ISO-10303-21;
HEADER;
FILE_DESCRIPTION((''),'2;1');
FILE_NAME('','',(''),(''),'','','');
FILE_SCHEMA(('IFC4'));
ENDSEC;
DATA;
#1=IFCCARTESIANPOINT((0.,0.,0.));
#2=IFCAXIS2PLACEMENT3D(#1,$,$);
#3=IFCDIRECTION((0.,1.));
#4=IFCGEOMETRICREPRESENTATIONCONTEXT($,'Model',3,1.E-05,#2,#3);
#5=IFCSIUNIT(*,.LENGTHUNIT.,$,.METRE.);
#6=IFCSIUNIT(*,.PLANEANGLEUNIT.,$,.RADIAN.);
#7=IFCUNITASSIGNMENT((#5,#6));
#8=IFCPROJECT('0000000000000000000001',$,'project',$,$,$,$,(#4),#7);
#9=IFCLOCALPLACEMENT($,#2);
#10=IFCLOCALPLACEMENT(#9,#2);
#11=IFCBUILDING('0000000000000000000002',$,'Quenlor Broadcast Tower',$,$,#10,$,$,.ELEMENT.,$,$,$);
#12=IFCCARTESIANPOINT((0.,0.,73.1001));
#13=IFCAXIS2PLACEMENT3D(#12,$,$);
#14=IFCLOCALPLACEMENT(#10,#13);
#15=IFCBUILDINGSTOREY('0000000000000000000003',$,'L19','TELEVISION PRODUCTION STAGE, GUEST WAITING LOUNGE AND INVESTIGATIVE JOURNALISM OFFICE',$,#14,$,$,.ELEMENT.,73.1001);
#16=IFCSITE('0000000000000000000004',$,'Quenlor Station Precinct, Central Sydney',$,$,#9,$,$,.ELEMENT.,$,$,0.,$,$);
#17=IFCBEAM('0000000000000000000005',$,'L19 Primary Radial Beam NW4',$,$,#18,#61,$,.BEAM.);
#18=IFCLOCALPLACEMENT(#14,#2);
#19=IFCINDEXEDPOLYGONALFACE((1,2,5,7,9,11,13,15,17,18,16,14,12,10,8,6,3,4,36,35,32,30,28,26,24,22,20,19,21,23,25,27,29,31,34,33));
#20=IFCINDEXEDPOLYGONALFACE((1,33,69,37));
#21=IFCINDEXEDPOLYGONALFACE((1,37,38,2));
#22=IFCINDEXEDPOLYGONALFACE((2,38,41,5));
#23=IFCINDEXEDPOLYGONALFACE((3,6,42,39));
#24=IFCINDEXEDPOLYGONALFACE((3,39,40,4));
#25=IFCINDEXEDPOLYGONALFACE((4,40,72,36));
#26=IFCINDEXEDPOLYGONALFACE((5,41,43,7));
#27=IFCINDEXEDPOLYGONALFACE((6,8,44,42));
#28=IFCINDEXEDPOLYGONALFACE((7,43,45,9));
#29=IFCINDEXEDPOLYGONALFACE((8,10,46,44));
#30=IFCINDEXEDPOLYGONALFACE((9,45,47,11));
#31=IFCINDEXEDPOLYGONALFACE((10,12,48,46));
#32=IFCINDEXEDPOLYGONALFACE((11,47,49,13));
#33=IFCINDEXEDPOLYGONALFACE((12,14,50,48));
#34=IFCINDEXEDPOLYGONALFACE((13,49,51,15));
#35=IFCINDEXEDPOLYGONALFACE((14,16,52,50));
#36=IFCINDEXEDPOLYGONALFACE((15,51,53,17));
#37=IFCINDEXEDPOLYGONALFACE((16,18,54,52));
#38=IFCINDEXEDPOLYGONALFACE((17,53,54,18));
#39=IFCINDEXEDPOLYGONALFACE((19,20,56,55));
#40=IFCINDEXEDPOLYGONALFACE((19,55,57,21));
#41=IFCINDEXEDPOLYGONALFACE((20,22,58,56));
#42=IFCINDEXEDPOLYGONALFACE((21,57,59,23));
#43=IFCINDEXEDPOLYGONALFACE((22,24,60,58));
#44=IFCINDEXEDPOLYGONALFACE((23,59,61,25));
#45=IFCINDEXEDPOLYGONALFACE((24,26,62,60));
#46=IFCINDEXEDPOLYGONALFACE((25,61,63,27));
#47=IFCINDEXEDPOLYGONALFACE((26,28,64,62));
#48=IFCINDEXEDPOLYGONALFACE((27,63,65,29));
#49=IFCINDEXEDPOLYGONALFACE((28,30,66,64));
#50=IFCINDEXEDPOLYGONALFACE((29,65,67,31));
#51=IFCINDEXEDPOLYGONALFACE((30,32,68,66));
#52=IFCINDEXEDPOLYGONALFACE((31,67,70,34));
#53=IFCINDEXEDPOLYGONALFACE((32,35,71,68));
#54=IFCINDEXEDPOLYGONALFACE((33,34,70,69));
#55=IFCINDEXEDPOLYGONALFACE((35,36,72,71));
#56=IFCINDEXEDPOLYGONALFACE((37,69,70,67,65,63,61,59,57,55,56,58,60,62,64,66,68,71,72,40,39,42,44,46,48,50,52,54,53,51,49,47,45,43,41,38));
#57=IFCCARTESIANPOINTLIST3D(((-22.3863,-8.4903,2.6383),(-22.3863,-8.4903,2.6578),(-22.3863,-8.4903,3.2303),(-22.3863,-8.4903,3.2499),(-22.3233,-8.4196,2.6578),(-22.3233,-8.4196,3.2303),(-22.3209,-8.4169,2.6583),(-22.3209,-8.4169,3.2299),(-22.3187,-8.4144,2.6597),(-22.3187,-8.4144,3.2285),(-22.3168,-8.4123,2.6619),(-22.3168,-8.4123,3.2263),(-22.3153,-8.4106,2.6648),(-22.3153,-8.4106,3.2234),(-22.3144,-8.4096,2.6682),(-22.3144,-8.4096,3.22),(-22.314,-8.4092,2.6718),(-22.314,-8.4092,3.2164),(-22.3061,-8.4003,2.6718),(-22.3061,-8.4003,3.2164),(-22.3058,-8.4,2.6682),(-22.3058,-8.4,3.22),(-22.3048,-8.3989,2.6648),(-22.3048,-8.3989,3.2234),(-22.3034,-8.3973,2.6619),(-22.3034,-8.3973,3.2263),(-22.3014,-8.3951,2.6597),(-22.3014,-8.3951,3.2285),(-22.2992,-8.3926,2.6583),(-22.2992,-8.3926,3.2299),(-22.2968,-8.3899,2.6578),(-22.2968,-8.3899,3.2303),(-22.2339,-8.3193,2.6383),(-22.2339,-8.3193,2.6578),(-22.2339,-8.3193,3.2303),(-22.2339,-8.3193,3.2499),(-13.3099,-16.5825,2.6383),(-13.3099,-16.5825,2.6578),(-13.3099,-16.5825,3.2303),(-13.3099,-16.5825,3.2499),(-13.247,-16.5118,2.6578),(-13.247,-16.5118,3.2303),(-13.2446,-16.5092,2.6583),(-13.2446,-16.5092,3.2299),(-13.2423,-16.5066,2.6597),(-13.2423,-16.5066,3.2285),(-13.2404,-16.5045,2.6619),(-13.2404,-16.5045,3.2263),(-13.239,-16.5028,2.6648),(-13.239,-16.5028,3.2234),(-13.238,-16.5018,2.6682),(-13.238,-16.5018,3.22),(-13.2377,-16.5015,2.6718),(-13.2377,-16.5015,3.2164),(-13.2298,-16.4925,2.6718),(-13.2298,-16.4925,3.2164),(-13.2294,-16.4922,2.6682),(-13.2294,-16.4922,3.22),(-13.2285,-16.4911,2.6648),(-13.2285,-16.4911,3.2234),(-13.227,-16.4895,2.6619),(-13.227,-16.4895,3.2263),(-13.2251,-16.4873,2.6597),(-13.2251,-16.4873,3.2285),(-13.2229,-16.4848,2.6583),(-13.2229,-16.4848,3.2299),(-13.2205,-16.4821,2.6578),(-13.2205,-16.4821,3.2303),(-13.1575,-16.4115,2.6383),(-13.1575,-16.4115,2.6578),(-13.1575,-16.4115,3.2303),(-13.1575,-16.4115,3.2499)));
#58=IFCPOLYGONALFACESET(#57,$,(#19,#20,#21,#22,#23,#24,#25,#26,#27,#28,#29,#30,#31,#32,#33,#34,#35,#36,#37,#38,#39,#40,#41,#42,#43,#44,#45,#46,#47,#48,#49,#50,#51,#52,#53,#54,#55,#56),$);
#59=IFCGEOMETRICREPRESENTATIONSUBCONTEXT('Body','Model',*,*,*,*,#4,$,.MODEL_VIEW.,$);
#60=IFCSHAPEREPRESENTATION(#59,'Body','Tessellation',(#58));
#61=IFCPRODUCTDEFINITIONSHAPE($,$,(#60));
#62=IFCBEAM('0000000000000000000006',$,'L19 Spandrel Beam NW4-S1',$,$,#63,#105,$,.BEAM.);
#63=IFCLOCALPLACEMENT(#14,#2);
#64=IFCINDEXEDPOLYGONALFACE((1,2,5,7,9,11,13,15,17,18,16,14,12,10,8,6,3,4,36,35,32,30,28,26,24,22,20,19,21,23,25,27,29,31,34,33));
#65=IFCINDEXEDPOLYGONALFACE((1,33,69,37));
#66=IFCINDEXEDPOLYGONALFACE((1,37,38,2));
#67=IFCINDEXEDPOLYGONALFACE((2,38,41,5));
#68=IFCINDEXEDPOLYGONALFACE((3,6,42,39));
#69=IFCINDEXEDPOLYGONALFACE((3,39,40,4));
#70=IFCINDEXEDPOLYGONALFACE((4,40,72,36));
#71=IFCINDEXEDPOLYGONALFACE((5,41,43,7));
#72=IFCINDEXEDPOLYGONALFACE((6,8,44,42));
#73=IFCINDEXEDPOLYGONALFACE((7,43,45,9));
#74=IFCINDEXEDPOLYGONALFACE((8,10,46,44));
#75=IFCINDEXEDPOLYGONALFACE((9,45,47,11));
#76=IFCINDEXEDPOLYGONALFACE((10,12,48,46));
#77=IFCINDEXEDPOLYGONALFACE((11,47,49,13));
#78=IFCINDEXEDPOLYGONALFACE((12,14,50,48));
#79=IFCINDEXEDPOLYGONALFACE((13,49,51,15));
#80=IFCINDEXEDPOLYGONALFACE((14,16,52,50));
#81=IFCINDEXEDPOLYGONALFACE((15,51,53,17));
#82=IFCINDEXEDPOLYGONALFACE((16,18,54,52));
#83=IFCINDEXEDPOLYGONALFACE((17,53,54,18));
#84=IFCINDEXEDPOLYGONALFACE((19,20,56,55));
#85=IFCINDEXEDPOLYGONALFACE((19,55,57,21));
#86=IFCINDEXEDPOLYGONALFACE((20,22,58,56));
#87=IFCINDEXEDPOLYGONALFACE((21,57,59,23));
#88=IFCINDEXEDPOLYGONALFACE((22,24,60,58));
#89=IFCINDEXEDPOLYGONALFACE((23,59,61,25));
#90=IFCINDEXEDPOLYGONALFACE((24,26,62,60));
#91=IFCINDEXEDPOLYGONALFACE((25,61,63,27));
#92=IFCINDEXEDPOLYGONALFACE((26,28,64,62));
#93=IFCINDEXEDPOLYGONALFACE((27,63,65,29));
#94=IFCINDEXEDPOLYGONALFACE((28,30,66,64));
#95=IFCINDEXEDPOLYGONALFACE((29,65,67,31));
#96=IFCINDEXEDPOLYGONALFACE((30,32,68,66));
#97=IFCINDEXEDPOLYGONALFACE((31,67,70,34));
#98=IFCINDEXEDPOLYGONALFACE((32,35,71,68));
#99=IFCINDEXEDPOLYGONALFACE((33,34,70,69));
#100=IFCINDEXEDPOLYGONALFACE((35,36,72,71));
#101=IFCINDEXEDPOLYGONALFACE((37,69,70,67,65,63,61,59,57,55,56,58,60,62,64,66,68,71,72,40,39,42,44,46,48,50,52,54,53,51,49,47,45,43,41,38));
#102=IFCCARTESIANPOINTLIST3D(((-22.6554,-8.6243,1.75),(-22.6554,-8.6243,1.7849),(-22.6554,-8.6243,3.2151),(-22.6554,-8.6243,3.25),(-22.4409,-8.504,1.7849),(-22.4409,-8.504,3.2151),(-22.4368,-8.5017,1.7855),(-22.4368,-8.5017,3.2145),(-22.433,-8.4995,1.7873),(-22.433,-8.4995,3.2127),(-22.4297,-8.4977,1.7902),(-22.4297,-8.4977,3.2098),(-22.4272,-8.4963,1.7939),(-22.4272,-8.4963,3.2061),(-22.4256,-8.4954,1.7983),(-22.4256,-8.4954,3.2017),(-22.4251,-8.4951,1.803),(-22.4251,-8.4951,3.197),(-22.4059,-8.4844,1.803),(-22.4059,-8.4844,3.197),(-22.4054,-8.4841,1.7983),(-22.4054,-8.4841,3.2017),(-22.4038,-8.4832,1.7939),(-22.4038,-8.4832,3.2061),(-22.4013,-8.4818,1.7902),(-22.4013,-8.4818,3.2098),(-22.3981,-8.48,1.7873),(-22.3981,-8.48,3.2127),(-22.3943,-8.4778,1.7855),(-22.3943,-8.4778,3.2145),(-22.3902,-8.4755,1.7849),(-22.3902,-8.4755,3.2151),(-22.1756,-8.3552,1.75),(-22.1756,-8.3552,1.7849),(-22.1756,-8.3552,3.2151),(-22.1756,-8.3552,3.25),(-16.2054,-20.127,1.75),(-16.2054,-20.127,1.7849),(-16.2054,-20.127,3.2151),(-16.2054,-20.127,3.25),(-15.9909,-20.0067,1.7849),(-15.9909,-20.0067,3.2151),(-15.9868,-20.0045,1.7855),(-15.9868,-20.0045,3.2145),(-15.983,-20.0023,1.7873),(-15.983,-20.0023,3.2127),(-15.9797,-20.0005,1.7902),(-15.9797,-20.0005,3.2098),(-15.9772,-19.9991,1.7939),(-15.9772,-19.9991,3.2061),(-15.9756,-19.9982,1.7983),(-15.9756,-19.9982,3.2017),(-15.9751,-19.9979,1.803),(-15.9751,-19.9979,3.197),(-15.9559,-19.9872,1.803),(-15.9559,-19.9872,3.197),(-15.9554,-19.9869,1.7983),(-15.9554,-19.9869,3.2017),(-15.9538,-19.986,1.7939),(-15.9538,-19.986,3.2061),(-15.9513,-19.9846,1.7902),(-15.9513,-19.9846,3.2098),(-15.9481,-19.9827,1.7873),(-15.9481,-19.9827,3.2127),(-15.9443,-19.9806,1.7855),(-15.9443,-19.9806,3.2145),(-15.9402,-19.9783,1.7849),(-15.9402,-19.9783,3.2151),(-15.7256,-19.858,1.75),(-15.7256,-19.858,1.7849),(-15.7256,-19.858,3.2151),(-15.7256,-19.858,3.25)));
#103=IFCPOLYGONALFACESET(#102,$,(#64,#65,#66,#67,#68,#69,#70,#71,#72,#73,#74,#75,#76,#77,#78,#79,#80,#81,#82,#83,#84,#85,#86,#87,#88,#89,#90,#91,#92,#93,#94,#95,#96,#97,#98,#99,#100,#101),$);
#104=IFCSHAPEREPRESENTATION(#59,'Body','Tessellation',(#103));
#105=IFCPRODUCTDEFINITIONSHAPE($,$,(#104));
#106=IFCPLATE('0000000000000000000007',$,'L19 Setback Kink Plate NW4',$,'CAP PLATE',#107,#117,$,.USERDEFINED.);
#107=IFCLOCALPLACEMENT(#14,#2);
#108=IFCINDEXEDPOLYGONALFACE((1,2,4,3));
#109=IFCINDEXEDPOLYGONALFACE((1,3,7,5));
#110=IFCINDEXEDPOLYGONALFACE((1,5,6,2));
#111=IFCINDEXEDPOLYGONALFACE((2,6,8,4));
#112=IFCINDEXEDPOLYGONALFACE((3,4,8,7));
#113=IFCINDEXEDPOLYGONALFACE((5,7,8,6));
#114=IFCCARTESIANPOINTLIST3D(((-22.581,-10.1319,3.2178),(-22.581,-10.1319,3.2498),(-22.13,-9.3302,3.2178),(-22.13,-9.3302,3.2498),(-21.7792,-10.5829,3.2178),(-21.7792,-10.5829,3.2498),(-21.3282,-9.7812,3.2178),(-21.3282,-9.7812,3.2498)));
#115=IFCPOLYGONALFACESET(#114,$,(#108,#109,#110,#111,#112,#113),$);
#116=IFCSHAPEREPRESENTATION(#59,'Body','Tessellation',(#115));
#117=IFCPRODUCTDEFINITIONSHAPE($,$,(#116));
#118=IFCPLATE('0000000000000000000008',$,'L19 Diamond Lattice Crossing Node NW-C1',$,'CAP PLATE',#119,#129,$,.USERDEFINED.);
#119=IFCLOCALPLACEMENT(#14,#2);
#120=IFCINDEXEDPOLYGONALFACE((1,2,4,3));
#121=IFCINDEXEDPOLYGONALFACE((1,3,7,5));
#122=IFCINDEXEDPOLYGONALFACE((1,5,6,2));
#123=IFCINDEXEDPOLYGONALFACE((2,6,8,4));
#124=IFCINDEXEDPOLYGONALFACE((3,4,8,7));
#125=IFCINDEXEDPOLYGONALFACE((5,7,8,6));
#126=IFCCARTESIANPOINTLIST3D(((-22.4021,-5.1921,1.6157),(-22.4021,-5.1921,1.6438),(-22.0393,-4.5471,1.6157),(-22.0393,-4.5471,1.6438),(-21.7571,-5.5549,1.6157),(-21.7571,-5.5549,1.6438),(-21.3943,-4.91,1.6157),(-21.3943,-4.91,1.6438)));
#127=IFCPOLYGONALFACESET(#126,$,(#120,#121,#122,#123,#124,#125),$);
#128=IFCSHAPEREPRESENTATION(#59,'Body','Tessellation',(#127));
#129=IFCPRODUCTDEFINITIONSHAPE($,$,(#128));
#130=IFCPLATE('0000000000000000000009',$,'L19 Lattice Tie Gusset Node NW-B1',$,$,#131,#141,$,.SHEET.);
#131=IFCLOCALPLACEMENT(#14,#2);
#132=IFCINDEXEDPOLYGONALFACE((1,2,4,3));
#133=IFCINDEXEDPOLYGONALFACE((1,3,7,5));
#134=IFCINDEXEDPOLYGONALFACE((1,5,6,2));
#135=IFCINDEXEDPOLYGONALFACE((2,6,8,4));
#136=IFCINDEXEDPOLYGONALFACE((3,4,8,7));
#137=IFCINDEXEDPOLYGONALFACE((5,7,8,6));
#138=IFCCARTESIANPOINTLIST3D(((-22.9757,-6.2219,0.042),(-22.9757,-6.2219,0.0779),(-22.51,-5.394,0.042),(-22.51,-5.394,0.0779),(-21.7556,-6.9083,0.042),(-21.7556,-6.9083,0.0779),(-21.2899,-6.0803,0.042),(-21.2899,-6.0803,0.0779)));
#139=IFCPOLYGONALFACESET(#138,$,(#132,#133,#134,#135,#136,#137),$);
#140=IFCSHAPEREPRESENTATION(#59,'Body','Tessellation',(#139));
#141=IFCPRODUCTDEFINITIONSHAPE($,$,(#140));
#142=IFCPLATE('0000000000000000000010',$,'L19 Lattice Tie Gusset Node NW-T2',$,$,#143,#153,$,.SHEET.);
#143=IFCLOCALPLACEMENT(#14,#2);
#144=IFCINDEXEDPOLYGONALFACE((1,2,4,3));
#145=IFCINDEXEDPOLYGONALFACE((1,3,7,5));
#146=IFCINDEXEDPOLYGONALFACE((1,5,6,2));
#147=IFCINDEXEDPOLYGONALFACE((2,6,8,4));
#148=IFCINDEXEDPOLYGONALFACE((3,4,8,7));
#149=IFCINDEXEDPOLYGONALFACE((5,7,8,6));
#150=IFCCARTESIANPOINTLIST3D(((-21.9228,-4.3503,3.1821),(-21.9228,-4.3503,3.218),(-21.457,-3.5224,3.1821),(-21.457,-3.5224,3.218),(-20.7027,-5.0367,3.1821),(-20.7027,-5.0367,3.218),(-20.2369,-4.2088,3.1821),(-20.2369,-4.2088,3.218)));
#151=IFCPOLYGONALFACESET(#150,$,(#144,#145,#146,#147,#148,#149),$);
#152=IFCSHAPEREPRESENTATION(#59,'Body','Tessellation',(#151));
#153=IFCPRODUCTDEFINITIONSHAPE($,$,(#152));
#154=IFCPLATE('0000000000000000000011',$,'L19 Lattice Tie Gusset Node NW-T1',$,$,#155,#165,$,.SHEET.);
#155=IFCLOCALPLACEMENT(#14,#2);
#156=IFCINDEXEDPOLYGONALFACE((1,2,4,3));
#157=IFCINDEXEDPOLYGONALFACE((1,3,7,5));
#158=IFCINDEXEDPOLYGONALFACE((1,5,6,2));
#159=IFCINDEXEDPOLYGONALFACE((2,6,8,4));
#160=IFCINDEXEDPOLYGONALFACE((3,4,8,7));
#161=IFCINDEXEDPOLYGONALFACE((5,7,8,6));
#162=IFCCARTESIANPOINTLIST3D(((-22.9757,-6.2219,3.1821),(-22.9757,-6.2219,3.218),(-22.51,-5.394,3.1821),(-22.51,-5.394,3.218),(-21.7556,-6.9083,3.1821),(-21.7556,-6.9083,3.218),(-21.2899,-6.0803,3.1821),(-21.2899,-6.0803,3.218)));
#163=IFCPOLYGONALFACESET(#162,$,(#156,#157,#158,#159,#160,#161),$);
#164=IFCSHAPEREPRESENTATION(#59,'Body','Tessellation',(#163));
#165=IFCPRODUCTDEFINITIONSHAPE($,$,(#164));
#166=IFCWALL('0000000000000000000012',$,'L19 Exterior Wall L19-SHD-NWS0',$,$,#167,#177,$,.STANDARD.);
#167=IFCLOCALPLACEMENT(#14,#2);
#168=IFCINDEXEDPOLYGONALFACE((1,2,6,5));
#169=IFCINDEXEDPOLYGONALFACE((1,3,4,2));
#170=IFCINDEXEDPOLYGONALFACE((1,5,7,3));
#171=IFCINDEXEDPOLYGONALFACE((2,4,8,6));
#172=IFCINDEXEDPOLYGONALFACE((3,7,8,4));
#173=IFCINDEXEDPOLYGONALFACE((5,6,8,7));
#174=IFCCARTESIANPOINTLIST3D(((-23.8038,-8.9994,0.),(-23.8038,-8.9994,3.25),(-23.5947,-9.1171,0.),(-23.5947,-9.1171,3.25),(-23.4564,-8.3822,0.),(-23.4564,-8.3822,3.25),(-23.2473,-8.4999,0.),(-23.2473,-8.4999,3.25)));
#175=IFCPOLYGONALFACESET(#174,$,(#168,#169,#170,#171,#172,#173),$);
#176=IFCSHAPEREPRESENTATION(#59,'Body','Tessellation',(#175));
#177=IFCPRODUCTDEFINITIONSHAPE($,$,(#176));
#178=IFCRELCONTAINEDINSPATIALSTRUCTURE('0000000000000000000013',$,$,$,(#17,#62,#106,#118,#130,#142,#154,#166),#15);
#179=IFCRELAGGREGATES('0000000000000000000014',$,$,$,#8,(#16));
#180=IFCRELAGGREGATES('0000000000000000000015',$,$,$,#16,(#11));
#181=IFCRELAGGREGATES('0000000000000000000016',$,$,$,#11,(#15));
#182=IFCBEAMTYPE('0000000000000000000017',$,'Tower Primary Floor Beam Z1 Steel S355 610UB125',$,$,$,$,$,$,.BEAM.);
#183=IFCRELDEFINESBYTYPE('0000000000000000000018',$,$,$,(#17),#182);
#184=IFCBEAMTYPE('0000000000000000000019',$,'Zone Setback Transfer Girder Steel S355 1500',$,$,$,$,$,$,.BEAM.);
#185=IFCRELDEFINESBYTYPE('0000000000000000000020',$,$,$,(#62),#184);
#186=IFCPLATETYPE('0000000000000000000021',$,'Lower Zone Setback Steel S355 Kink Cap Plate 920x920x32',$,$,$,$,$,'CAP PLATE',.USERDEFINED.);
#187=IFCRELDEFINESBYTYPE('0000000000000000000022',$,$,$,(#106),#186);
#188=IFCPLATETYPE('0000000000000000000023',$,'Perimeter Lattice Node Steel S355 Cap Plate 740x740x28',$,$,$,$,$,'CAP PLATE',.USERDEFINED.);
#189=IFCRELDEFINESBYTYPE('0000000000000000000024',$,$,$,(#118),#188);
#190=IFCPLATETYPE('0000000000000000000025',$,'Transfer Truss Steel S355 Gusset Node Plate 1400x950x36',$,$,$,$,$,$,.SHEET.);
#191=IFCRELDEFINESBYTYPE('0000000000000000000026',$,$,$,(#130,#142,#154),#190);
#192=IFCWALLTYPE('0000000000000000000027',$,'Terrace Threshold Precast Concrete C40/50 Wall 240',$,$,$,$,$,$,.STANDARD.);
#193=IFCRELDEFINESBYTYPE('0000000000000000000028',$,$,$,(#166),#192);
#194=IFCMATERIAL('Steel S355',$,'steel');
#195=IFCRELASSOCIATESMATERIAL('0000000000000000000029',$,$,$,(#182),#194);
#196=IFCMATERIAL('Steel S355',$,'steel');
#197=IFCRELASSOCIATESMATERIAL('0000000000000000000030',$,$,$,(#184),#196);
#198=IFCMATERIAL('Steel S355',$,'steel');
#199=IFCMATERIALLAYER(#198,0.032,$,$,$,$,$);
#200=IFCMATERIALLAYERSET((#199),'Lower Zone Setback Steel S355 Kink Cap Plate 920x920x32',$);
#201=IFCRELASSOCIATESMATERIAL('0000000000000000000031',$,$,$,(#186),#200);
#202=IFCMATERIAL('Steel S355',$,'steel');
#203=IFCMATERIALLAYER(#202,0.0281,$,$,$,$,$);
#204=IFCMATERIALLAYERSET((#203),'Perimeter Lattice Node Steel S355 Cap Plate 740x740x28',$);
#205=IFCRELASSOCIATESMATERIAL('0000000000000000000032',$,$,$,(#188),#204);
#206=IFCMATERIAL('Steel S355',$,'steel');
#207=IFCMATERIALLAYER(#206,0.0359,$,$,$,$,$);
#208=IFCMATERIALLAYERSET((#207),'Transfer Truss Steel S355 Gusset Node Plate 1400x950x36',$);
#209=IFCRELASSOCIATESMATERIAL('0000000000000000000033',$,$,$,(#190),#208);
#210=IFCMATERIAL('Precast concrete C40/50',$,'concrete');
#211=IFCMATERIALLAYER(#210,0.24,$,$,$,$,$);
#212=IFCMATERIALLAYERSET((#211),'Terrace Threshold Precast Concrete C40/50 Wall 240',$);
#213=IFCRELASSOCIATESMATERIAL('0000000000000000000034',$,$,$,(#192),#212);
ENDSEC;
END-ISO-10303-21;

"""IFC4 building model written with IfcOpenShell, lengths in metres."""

from ifc_helpers import new_model, si_unit, direction, frame, frame_2d, origin, origin_2d, place, context, subcontext, project, spatial, rectangle, i_section, extrude, material, layer, layer_set, material_profile, profile_set, type_object, element, save


model = new_model("IFC4")

# Units and contexts
model_context = context("Model", 3, precision=1e-05, world=origin(), true_north=direction((0.0, 1.0)))
body_context = subcontext(model_context, "Body", "Model", "MODEL_VIEW")
ifc_project = project(units=[si_unit("LENGTHUNIT", "METRE"), si_unit("PLANEANGLEUNIT", "RADIAN")], contexts=[model_context])

# Site, building, storey
site_placement = place(None, origin())
site = spatial("IfcSite", under=ifc_project, at=site_placement, Name="Quenlor Station Precinct, Central Sydney", CompositionType="ELEMENT", RefElevation=0.0)
building_placement = place(site_placement, origin())
building = spatial("IfcBuilding", under=site, at=building_placement, Name="Quenlor Broadcast Tower", CompositionType="ELEMENT")
storey_placement = place(building_placement, frame((0.0, 0.0, 73.1001)))
storey = spatial("IfcBuildingStorey", under=building, at=storey_placement, Name="L19", Description="TELEVISION PRODUCTION STAGE, GUEST WAITING LOUNGE AND INVESTIGATIVE JOURNALISM OFFICE", CompositionType="ELEMENT", Elevation=73.1001)

# Beams
ifc_material_1 = material(Name="Steel S355", Category="steel")
ifc_material_profile_1 = material_profile(ifc_material_1, i_section(OverallWidth=0.229, OverallDepth=0.6116, WebThickness=0.012, FlangeThickness=0.0195, FilletRadius=0.0139, at=origin_2d()))
ifc_profile_set_1 = profile_set([ifc_material_profile_1], Name="Steel S355 610UB125")
beam_type_1 = type_object("IfcBeamType", Name="Tower Primary Floor Beam Z1 Steel S355 610UB125", PredefinedType="BEAM", material=ifc_profile_set_1)
beam_1_placement = place(storey_placement, frame((-22.3101, -8.4048, 2.9441), z_axis=(0.746414, -0.665482, 0.0), x_axis=(0.665482, 0.746414, 0.0)))
element("IfcBeam", 1, at=beam_1_placement, inside=storey, type_object=beam_type_1, Name="L19 Primary Radial Beam NW4", PredefinedType="BEAM", context=body_context, shape_type="SweptSolid", body=[
    extrude(i_section(OverallWidth=0.229, OverallDepth=0.6116, WebThickness=0.012, FlangeThickness=0.0195, FilletRadius=0.0139, at=origin_2d()), origin(), (0.0, 0.0, 1.0), 12.1599),
])
ifc_material_2 = material(Name="Steel S355", Category="steel")
ifc_material_profile_2 = material_profile(ifc_material_2, i_section(OverallWidth=0.55, OverallDepth=1.5, WebThickness=0.022, FlangeThickness=0.0349, FilletRadius=0.0181, at=origin_2d()))
ifc_profile_set_2 = profile_set([ifc_material_profile_2], Name="Steel S355 1500TG510")
beam_type_2 = type_object("IfcBeamType", Name="Zone Setback Transfer Girder Steel S355 1500", PredefinedType="BEAM", material=ifc_profile_set_2)
beam_2_placement = place(storey_placement, frame((-22.4155, -8.4897, 2.5), z_axis=(0.489091, -0.872233, 0.0), x_axis=(0.872233, 0.489091, 0.0)))
element("IfcBeam", 2, at=beam_2_placement, inside=storey, type_object=beam_type_2, Name="L19 Spandrel Beam NW4-S1", PredefinedType="BEAM", context=body_context, shape_type="SweptSolid", body=[
    extrude(i_section(OverallWidth=0.55, OverallDepth=1.5, WebThickness=0.022, FlangeThickness=0.0349, FilletRadius=0.0181, at=origin_2d()), origin(), (0.0, 0.0, 1.0), 13.1877),
])

# Plates
ifc_material_3 = material(Name="Steel S355", Category="steel")
ifc_layer_1 = layer(ifc_material_3, 0.032)
ifc_layer_set_1 = layer_set([ifc_layer_1], Name="Lower Zone Setback Steel S355 Kink Cap Plate 920x920x32")
plate_type_1 = type_object("IfcPlateType", Name="Lower Zone Setback Steel S355 Kink Cap Plate 920x920x32", ElementType="CAP PLATE", PredefinedType="USERDEFINED", material=ifc_layer_set_1)
plate_1_placement = place(storey_placement, frame((-21.9546, -9.9565, 3.2178), z_axis=(0.0, 0.0, 1.0), x_axis=(-0.871575, 0.490262, 0.0)))
element("IfcPlate", 3, at=plate_1_placement, inside=storey, type_object=plate_type_1, Name="L19 Setback Kink Plate NW4", ObjectType="CAP PLATE", PredefinedType="USERDEFINED", context=body_context, shape_type="SweptSolid", body=[
    extrude(rectangle(XDim=0.9199, YDim=0.9199, at=origin_2d()), origin(), (0.0, 0.0, 1.0), 0.032),
])
ifc_material_4 = material(Name="Steel S355", Category="steel")
ifc_layer_2 = layer(ifc_material_4, 0.0281)
ifc_layer_set_2 = layer_set([ifc_layer_2], Name="Perimeter Lattice Node Steel S355 Cap Plate 740x740x28")
plate_type_2 = type_object("IfcPlateType", Name="Perimeter Lattice Node Steel S355 Cap Plate 740x740x28", ElementType="CAP PLATE", PredefinedType="USERDEFINED", material=ifc_layer_set_2)
plate_2_placement = place(storey_placement, frame((-21.8982, -5.051, 1.6157), z_axis=(0.0, 0.0, 1.0), x_axis=(0.490295, 0.871556, 0.0)))
element("IfcPlate", 4, at=plate_2_placement, inside=storey, type_object=plate_type_2, Name="L19 Diamond Lattice Crossing Node NW-C1", ObjectType="CAP PLATE", PredefinedType="USERDEFINED", context=body_context, shape_type="SweptSolid", body=[
    extrude(rectangle(XDim=0.74, YDim=0.74, at=origin_2d()), origin(), (0.0, 0.0, 1.0), 0.0281),
])
ifc_material_5 = material(Name="Steel S355", Category="steel")
ifc_layer_3 = layer(ifc_material_5, 0.0359)
ifc_layer_set_3 = layer_set([ifc_layer_3], Name="Transfer Truss Steel S355 Gusset Node Plate 1400x950x36")
plate_type_3 = type_object("IfcPlateType", Name="Transfer Truss Steel S355 Gusset Node Plate 1400x950x36", PredefinedType="SHEET", material=ifc_layer_set_3)
for number, where, z_axis, x_axis, name in (
    (5, (-22.1328, -6.1511, 0.042), (0.0, 0.0, 1.0), (-0.871556, 0.490295, 0.0), "L19 Lattice Tie Gusset Node NW-B1"),
    (6, (-21.0798, -4.2795, 3.1821), (0.0, 0.0, 1.0), (-0.871556, 0.490295, 0.0), "L19 Lattice Tie Gusset Node NW-T2"),
    (7, (-22.1328, -6.1511, 3.1821), (0.0, 0.0, 1.0), (-0.871556, 0.490295, 0.0), "L19 Lattice Tie Gusset Node NW-T1"),
):
    element("IfcPlate", number, at=place(storey_placement, frame(where, z_axis=z_axis, x_axis=x_axis)), inside=storey, type_object=plate_type_3, Name=name, PredefinedType="SHEET", context=body_context, shape_type="SweptSolid", body=[
        extrude(rectangle(XDim=1.3999, YDim=0.95, at=origin_2d()), origin(), (0.0, 0.0, 1.0), 0.0359),
    ])

# Wall
ifc_material_6 = material(Name="Precast concrete C40/50", Category="concrete")
ifc_layer_4 = layer(ifc_material_6, 0.24)
ifc_layer_set_4 = layer_set([ifc_layer_4], Name="Terrace Threshold Precast Concrete C40/50 Wall 240")
wall_type_1 = type_object("IfcWallType", Name="Terrace Threshold Precast Concrete C40/50 Wall 240", PredefinedType="STANDARD", material=ifc_layer_set_4)
wall_1_placement = place(storey_placement, frame((-23.6992, -9.0581, 0.0), z_axis=(0.0, 0.0, 1.0), x_axis=(0.490523, 0.871428, 0.0)))
element("IfcWall", 8, at=wall_1_placement, inside=storey, type_object=wall_type_1, Name="L19 Exterior Wall L19-SHD-NWS0", PredefinedType="STANDARD", context=body_context, shape_type="SweptSolid", body=[
    extrude(rectangle(XDim=0.7083, YDim=0.24, at=frame_2d((0.354, 0.0))), origin(), (0.0, 0.0, 1.0), 3.25),
])

save(model, "model.ifc")
